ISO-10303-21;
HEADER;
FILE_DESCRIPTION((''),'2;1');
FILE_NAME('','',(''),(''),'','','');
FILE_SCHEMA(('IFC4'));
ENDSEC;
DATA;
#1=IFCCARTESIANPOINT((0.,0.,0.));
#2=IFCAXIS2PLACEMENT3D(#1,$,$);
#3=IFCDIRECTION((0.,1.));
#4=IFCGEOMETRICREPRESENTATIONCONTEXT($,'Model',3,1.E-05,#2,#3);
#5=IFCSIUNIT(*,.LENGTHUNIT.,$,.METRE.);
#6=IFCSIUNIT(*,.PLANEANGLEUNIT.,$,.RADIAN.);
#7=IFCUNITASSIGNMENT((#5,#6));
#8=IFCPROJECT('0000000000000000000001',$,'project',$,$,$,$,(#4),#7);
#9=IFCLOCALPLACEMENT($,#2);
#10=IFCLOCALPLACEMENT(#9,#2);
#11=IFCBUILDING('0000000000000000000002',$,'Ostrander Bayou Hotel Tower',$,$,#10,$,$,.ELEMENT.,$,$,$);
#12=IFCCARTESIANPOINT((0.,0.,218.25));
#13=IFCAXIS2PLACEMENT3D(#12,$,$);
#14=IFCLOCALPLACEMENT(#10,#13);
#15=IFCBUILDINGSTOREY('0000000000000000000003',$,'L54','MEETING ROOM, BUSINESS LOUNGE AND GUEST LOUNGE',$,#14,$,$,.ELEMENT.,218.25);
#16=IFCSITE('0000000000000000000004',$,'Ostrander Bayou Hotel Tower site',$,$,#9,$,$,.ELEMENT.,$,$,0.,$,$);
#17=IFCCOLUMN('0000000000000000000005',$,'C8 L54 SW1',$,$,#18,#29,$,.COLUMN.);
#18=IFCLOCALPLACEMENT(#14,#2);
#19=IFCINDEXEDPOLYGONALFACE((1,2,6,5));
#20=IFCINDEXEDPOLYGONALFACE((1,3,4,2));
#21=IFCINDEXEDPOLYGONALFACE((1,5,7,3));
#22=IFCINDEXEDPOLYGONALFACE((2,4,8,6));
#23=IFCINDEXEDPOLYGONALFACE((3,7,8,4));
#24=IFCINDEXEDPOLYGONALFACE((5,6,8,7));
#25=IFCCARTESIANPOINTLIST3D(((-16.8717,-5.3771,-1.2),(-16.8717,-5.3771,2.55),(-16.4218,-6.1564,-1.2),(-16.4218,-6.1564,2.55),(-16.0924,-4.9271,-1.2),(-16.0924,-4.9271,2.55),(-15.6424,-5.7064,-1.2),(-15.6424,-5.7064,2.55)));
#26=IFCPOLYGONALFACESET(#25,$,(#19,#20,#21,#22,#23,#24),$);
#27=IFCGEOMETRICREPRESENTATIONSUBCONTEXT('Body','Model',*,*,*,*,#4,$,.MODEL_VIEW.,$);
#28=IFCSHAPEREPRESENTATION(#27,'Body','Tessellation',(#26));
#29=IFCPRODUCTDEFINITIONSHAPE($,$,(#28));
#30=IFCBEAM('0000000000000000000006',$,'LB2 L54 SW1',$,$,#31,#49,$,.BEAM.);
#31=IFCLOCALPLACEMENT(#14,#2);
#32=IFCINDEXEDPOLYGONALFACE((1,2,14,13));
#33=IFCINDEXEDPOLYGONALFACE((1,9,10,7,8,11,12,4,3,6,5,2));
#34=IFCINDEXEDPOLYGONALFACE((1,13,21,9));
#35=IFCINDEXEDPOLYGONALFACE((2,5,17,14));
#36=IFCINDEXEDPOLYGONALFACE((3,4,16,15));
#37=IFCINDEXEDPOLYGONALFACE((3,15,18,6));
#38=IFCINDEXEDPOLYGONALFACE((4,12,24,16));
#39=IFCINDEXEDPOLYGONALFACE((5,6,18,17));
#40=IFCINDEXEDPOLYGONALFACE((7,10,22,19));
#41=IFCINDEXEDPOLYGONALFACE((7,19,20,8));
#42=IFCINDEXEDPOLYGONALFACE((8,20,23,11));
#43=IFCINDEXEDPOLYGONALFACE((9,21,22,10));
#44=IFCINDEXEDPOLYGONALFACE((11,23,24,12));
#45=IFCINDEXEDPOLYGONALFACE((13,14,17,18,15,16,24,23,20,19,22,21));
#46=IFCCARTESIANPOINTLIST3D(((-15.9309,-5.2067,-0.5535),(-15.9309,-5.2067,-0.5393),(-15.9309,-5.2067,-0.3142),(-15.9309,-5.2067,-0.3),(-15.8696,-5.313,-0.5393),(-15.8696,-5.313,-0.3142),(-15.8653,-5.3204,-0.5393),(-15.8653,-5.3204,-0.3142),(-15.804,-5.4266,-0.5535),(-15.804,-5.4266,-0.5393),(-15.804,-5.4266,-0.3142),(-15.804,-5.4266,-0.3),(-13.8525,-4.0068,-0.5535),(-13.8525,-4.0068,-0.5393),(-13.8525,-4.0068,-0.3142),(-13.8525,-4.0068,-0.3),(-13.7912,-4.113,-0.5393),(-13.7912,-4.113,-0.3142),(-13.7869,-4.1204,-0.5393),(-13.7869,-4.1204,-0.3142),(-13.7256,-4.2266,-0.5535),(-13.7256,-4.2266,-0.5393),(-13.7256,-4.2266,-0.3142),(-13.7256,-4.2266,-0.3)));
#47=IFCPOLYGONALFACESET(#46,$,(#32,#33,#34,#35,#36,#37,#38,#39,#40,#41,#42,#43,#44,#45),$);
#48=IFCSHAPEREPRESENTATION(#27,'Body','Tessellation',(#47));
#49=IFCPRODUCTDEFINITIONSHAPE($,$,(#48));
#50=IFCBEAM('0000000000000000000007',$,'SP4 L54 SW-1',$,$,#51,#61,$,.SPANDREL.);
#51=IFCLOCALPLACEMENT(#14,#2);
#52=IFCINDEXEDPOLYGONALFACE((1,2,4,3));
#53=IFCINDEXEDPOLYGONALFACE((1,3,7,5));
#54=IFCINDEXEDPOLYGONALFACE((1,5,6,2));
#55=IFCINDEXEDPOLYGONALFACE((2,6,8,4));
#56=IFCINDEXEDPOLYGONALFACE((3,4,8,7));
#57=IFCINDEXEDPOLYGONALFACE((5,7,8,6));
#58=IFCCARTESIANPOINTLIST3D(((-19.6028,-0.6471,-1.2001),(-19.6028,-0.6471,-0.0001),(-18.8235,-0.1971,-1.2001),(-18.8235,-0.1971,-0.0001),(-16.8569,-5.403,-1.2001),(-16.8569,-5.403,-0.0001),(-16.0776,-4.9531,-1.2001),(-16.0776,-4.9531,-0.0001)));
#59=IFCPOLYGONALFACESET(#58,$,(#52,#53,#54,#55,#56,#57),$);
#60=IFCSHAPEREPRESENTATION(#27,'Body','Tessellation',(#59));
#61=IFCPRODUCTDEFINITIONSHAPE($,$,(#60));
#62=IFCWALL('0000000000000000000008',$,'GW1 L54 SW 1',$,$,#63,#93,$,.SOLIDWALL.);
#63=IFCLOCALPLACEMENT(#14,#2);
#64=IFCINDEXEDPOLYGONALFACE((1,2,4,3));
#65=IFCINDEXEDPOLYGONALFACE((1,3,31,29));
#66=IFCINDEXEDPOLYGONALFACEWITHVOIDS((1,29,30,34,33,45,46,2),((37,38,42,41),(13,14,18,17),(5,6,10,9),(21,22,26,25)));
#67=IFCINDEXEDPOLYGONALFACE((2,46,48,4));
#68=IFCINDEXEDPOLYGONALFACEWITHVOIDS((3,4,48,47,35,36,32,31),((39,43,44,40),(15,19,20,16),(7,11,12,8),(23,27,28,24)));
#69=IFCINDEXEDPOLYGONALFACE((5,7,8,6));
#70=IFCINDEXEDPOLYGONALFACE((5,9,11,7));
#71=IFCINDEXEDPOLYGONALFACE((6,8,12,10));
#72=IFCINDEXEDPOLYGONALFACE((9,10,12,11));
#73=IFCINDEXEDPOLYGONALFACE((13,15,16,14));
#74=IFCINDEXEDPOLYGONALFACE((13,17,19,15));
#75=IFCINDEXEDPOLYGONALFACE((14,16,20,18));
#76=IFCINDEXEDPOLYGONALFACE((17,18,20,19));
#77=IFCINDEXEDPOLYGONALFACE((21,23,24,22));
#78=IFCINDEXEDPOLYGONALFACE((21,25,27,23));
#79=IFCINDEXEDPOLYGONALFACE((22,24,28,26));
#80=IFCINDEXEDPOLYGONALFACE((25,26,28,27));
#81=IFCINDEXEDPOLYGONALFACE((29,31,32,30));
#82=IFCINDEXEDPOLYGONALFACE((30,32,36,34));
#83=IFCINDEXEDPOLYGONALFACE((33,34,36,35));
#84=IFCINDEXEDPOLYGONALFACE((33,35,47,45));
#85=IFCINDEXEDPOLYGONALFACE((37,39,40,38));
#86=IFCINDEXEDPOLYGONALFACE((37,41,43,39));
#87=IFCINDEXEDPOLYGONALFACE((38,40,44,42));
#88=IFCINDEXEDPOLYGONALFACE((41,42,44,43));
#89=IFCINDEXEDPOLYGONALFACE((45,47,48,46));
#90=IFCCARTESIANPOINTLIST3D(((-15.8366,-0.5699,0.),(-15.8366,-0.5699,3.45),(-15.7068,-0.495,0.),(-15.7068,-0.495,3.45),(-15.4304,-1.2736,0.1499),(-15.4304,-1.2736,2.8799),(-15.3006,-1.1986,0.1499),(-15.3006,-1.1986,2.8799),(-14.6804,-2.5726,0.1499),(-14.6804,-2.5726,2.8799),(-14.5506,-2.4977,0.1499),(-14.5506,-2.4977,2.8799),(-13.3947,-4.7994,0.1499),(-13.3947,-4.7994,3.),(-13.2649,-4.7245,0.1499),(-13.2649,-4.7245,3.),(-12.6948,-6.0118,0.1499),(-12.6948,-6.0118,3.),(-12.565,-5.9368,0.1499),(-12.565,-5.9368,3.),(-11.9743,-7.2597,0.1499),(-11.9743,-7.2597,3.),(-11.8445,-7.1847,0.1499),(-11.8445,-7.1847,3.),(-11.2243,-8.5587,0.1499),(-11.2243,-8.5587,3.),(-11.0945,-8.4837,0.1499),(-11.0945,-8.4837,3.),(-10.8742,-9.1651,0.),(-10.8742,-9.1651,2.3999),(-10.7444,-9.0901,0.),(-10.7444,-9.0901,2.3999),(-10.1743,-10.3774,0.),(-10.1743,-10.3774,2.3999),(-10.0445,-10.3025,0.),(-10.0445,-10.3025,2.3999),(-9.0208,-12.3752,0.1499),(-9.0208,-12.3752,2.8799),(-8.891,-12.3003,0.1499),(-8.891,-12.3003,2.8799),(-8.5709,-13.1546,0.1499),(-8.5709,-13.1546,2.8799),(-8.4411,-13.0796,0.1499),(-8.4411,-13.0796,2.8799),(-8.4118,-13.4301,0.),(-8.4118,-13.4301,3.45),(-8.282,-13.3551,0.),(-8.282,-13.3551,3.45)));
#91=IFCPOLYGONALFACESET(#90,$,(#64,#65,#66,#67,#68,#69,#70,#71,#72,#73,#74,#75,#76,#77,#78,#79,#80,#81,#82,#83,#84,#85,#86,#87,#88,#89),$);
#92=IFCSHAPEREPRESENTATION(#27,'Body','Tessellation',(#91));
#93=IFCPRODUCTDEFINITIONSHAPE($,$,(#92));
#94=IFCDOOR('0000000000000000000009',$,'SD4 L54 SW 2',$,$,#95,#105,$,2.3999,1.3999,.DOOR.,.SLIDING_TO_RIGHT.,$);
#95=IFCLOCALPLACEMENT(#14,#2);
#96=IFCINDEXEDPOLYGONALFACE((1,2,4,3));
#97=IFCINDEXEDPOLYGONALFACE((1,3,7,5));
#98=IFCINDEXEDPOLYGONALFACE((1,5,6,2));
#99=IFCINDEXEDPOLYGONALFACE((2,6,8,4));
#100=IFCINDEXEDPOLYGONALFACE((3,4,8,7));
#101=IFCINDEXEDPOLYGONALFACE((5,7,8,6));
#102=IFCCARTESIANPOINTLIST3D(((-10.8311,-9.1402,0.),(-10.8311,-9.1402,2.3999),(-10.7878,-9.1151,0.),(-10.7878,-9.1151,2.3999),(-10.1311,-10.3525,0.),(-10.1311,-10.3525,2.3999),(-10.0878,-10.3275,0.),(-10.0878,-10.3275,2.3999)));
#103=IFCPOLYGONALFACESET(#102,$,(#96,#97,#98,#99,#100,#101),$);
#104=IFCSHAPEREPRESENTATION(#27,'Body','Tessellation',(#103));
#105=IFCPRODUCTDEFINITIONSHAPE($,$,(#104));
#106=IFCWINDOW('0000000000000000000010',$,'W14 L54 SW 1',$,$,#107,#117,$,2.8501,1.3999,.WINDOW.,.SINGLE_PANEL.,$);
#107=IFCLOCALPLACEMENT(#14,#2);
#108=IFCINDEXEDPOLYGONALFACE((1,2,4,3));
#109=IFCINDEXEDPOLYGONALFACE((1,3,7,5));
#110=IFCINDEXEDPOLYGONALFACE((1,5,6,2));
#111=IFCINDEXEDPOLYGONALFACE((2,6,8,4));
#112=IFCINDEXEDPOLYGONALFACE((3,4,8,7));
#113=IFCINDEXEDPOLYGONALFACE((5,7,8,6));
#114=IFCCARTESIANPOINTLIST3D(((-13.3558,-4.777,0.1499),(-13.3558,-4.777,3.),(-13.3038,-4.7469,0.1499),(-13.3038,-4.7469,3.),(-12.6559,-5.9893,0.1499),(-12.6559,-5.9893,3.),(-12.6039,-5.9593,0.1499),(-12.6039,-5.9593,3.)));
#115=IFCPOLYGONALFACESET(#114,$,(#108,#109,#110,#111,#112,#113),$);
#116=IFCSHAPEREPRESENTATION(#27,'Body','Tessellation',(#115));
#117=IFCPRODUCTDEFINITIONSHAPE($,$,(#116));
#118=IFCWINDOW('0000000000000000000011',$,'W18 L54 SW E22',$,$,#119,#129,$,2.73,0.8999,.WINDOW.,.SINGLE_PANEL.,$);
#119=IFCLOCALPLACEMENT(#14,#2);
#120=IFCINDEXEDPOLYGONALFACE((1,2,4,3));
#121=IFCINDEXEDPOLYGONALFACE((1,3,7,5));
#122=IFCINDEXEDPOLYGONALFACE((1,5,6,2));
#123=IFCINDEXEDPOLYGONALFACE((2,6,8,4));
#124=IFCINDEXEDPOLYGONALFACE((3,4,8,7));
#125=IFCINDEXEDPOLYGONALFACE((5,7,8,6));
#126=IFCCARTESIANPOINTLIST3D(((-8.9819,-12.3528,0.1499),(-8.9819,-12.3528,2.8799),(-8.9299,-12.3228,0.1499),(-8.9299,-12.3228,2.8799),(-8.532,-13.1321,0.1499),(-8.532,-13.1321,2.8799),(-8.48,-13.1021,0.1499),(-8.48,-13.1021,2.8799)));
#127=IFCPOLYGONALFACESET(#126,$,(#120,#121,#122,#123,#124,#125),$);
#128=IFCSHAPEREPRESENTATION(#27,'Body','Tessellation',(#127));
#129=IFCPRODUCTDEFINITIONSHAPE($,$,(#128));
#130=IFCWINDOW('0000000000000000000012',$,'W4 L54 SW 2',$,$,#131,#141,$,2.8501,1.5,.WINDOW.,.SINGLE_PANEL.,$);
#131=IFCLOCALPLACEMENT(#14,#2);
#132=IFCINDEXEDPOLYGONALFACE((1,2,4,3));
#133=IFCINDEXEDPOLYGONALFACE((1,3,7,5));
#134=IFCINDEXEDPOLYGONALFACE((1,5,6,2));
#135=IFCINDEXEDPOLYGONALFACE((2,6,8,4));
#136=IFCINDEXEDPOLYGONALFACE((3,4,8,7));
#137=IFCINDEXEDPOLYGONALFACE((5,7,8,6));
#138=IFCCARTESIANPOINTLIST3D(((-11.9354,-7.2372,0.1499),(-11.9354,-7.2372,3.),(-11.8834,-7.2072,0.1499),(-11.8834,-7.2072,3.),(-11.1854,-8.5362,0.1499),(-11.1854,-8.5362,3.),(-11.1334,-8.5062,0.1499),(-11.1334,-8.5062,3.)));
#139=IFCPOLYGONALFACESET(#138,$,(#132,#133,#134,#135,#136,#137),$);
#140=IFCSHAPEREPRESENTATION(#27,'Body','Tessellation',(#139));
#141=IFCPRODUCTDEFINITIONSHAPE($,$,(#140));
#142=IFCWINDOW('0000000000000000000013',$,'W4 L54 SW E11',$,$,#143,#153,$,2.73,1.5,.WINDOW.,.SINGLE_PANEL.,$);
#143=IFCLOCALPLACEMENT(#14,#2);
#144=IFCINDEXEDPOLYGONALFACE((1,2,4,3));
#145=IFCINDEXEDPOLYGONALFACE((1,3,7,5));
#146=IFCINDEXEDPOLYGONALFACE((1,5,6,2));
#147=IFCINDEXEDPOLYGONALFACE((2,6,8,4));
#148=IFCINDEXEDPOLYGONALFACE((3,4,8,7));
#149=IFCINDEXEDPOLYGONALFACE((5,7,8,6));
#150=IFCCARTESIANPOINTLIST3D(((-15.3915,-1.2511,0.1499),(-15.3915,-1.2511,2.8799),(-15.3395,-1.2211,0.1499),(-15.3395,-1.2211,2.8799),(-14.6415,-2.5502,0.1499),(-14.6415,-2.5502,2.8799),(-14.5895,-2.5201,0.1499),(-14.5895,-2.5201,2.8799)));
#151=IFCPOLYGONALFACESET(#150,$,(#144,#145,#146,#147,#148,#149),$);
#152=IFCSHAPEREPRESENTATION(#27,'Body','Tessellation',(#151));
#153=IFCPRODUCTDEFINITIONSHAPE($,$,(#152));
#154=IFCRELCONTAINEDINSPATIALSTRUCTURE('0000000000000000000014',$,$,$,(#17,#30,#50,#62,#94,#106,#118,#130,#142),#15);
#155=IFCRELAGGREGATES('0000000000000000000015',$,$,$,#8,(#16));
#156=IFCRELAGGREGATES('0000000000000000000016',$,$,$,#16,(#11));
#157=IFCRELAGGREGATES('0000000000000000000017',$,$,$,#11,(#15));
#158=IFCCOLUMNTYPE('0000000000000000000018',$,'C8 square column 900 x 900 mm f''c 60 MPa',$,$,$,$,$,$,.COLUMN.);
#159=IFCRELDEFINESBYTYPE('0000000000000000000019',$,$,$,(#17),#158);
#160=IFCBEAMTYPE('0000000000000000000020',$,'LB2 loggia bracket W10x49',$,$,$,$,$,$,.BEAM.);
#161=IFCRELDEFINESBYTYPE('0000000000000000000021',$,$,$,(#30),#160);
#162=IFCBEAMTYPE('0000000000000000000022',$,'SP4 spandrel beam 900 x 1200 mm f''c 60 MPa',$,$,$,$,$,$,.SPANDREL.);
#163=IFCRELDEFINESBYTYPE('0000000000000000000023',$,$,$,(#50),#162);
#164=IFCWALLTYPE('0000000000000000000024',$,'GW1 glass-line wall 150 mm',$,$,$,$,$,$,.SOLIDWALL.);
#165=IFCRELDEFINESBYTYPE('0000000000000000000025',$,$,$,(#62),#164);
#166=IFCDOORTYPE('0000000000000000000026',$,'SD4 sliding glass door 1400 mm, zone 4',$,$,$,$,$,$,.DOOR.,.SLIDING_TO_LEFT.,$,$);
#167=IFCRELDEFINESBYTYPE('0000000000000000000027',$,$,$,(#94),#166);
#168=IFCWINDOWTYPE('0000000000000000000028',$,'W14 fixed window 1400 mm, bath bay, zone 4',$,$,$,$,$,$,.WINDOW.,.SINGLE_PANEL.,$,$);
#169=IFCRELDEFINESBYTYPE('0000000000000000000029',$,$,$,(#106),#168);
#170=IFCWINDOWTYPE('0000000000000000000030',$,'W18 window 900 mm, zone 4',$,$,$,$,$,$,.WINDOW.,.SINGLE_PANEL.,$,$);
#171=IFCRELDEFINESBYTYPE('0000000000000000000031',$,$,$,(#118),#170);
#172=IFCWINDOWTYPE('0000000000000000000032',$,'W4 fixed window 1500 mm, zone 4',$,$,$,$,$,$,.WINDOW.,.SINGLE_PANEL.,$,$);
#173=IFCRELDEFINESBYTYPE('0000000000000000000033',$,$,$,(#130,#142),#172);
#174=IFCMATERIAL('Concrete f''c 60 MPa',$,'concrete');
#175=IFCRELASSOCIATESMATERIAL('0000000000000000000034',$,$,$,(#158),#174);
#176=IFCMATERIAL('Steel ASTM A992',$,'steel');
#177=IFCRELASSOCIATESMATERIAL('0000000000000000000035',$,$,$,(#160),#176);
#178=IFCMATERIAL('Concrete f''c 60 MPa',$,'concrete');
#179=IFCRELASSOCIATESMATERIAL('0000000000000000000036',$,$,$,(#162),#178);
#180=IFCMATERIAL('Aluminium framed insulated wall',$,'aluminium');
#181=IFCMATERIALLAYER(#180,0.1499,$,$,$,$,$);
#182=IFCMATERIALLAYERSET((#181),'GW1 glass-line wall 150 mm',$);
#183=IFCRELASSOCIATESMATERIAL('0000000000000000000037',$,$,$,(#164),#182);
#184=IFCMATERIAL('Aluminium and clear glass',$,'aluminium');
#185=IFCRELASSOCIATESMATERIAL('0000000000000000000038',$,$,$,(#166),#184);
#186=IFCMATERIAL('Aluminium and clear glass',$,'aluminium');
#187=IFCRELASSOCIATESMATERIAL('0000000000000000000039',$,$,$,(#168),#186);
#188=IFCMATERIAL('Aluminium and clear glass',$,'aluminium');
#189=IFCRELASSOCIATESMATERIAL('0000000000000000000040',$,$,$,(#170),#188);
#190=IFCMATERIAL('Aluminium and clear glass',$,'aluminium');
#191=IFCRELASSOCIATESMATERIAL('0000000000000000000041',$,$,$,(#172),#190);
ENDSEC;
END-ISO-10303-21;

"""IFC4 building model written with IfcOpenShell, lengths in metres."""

from ifc_helpers import new_model, si_unit, direction, frame, frame_2d, origin, origin_2d, place, context, subcontext, project, spatial, rectangle, i_section, extrude, material, layer, layer_set, material_profile, profile_set, type_object, element, fill, save


model = new_model("IFC4")

# Units and contexts
model_context = context("Model", 3, precision=1e-05, world=origin(), true_north=direction((0.0, 1.0)))
body_context = subcontext(model_context, "Body", "Model", "MODEL_VIEW")
ifc_project = project(units=[si_unit("LENGTHUNIT", "METRE"), si_unit("PLANEANGLEUNIT", "RADIAN")], contexts=[model_context])

# Site, building, storey
site_placement = place(None, origin())
site = spatial("IfcSite", under=ifc_project, at=site_placement, Name="Ostrander Bayou Hotel Tower site", CompositionType="ELEMENT", RefElevation=0.0)
building_placement = place(site_placement, origin())
building = spatial("IfcBuilding", under=site, at=building_placement, Name="Ostrander Bayou Hotel Tower", CompositionType="ELEMENT")
storey_placement = place(building_placement, frame((0.0, 0.0, 218.25)))
storey = spatial("IfcBuildingStorey", under=building, at=storey_placement, Name="L54", Description="MEETING ROOM, BUSINESS LOUNGE AND GUEST LOUNGE", CompositionType="ELEMENT", Elevation=218.25)

# Column
ifc_material_1 = material(Name="Concrete f'c 60 MPa", Category="concrete")
ifc_material_profile_1 = material_profile(ifc_material_1, rectangle(XDim=0.8999, YDim=0.8999, at=origin_2d()))
ifc_profile_set_1 = profile_set([ifc_material_profile_1], Name="Concrete f'c 60 MPa")
column_type = type_object("IfcColumnType", Name="C8 square column 900 x 900 mm f'c 60 MPa", PredefinedType="COLUMN", material=ifc_profile_set_1)
column_placement = place(storey_placement, frame((-16.2571, -5.5417, -1.2), z_axis=(0.0, 0.0, 1.0), x_axis=(-0.5, 0.866025, 0.0)))
element("IfcColumn", 1, at=column_placement, inside=storey, type_object=column_type, Name="C8 L54 SW1", PredefinedType="COLUMN", context=body_context, shape_type="SweptSolid", body=[
    extrude(rectangle(XDim=0.8999, YDim=0.8999, at=origin_2d()), origin(), (0.0, 0.0, 1.0), 3.75),
])

# Beams
ifc_material_2 = material(Name="Steel ASTM A992", Category="steel")
ifc_material_profile_2 = material_profile(ifc_material_2, i_section(OverallWidth=0.2539, OverallDepth=0.2534, WebThickness=0.0085, FlangeThickness=0.0142, at=origin_2d()))
ifc_profile_set_2 = profile_set([ifc_material_profile_2], Name="Steel ASTM A992")
beam_type_1 = type_object("IfcBeamType", Name="LB2 loggia bracket W10x49", PredefinedType="BEAM", material=ifc_profile_set_2)
beam_1_placement = place(storey_placement, frame((-15.8674, -5.3167, -0.4268), z_axis=(0.866025, 0.500001, 0.0), x_axis=(-0.500001, 0.866025, 0.0)))
element("IfcBeam", 2, at=beam_1_placement, inside=storey, type_object=beam_type_1, Name="LB2 L54 SW1", PredefinedType="BEAM", context=body_context, shape_type="SweptSolid", body=[
    extrude(i_section(OverallWidth=0.2539, OverallDepth=0.2534, WebThickness=0.0085, FlangeThickness=0.0142, at=origin_2d()), origin(), (0.0, 0.0, 1.0), 2.3999),
])
ifc_material_3 = material(Name="Concrete f'c 60 MPa", Category="concrete")
ifc_material_profile_3 = material_profile(ifc_material_3, rectangle(XDim=0.8999, YDim=1.2, at=origin_2d()))
ifc_profile_set_3 = profile_set([ifc_material_profile_3], Name="Concrete f'c 60 MPa")
beam_type_2 = type_object("IfcBeamType", Name="SP4 spandrel beam 900 x 1200 mm f'c 60 MPa", PredefinedType="SPANDREL", material=ifc_profile_set_3)
beam_2_placement = place(storey_placement, frame((-19.2131, -0.4221, -0.6001), z_axis=(0.500007, -0.866021, 0.0), x_axis=(0.866021, 0.500007, 0.0)))
element("IfcBeam", 3, at=beam_2_placement, inside=storey, type_object=beam_type_2, Name="SP4 L54 SW-1", PredefinedType="SPANDREL", context=body_context, shape_type="SweptSolid", body=[
    extrude(rectangle(XDim=0.8999, YDim=1.2, at=origin_2d()), origin(), (0.0, 0.0, 1.0), 5.4917),
])

# Wall, openings, door, windows
ifc_material_4 = material(Name="Aluminium framed insulated wall", Category="aluminium")
ifc_layer_1 = layer(ifc_material_4, 0.1499)
ifc_layer_set_1 = layer_set([ifc_layer_1], Name="GW1 glass-line wall 150 mm")
wall_type_1 = type_object("IfcWallType", Name="GW1 glass-line wall 150 mm", PredefinedType="SOLIDWALL", material=ifc_layer_set_1)
wall_1_placement = place(storey_placement, frame((-15.7717, -0.5325, 0.0), z_axis=(0.0, 0.0, 1.0), x_axis=(0.500001, -0.866025, 0.0)))
wall_1 = element("IfcWall", 4, at=wall_1_placement, inside=storey, type_object=wall_type_1, Name="GW1 L54 SW 1", PredefinedType="SOLIDWALL", context=body_context, shape_type="SweptSolid", body=[
    extrude(rectangle(XDim=14.8496, YDim=0.1499, at=frame_2d((7.4248, 0.0))), origin(), (0.0, 0.0, 1.0), 3.45),
])
opening_1_placement = place(wall_1_placement, frame((4.8838, 0.0, 0.1499)))
opening_1 = element("IfcOpeningElement", 5, at=opening_1_placement, cuts=wall_1, PredefinedType="OPENING", context=body_context, shape_type="SweptSolid", body=[
    extrude(rectangle(XDim=1.3999, YDim=2.8501, at=frame_2d((0.7, 1.425))), frame((0.0, 0.075, 0.0), z_axis=(0.0, -1.0, 0.0), x_axis=(1.0, 0.0, 0.0)), (0.0, 0.0, 1.0), 0.1499),
])
opening_2_placement = place(wall_1_placement, frame((7.7246, 0.0, 0.1499)))
opening_2 = element("IfcOpeningElement", 6, at=opening_2_placement, cuts=wall_1, PredefinedType="OPENING", context=body_context, shape_type="SweptSolid", body=[
    extrude(rectangle(XDim=1.5, YDim=2.8501, at=frame_2d((0.75, 1.425))), frame((0.0, 0.075, 0.0), z_axis=(0.0, -1.0, 0.0), x_axis=(1.0, 0.0, 0.0)), (0.0, 0.0, 1.0), 0.1499),
])
opening_3_placement = place(wall_1_placement, frame((9.9248, 0.0, 0.0)))
opening_3 = element("IfcOpeningElement", 7, at=opening_3_placement, cuts=wall_1, PredefinedType="OPENING", context=body_context, shape_type="SweptSolid", body=[
    extrude(rectangle(XDim=1.3999, YDim=2.3999, at=frame_2d((0.7, 1.2))), frame((0.0, 0.075, 0.0), z_axis=(0.0, -1.0, 0.0), x_axis=(1.0, 0.0, 0.0)), (0.0, 0.0, 1.0), 0.1499),
])
opening_4_placement = place(wall_1_placement, frame((0.8125, 0.0, 0.1499)))
opening_4 = element("IfcOpeningElement", 8, at=opening_4_placement, cuts=wall_1, PredefinedType="OPENING", context=body_context, shape_type="SweptSolid", body=[
    extrude(rectangle(XDim=1.5, YDim=2.73, at=frame_2d((0.75, 1.365))), frame((0.0, 0.075, 0.0), z_axis=(0.0, -1.0, 0.0), x_axis=(1.0, 0.0, 0.0)), (0.0, 0.0, 1.0), 0.1499),
])
opening_5_placement = place(wall_1_placement, frame((13.6316, 0.0, 0.1499)))
opening_5 = element("IfcOpeningElement", 9, at=opening_5_placement, cuts=wall_1, PredefinedType="OPENING", context=body_context, shape_type="SweptSolid", body=[
    extrude(rectangle(XDim=0.8999, YDim=2.73, at=frame_2d((0.45, 1.365))), frame((0.0, 0.075, 0.0), z_axis=(0.0, -1.0, 0.0), x_axis=(1.0, 0.0, 0.0)), (0.0, 0.0, 1.0), 0.1499),
])
ifc_material_5 = material(Name="Aluminium and clear glass", Category="aluminium")
door_type_1 = type_object("IfcDoorType", Name="SD4 sliding glass door 1400 mm, zone 4", OperationType="SLIDING_TO_LEFT", PredefinedType="DOOR", material=ifc_material_5)
door_1_placement = place(opening_3_placement, origin())
door_1 = element("IfcDoor", 10, at=door_1_placement, inside=storey, type_object=door_type_1, Name="SD4 L54 SW 2", OperationType="SLIDING_TO_RIGHT", OverallHeight=2.3999, OverallWidth=1.3999, PredefinedType="DOOR", context=body_context, shape_type="SweptSolid", body=[
    extrude(rectangle(XDim=1.3999, YDim=2.3999, at=frame_2d((0.7, 1.2))), frame((0.0, 0.0249, 0.0), z_axis=(0.0, -1.0, 0.0), x_axis=(1.0, 0.0, 0.0)), (0.0, 0.0, 1.0), 0.05),
])
fill(opening_3, door_1)
ifc_material_6 = material(Name="Aluminium and clear glass", Category="aluminium")
window_type_1 = type_object("IfcWindowType", Name="W14 fixed window 1400 mm, bath bay, zone 4", PartitioningType="SINGLE_PANEL", PredefinedType="WINDOW", material=ifc_material_6)
window_1_placement = place(opening_1_placement, origin())
window_1 = element("IfcWindow", 11, at=window_1_placement, inside=storey, type_object=window_type_1, Name="W14 L54 SW 1", OverallHeight=2.8501, OverallWidth=1.3999, PartitioningType="SINGLE_PANEL", PredefinedType="WINDOW", context=body_context, shape_type="SweptSolid", body=[
    extrude(rectangle(XDim=1.3999, YDim=2.8501, at=frame_2d((0.7, 1.425))), frame((0.0, 0.03, 0.0), z_axis=(0.0, -1.0, 0.0), x_axis=(1.0, 0.0, 0.0)), (0.0, 0.0, 1.0), 0.0601),
])
fill(opening_1, window_1)
ifc_material_7 = material(Name="Aluminium and clear glass", Category="aluminium")
window_type_2 = type_object("IfcWindowType", Name="W18 window 900 mm, zone 4", PartitioningType="SINGLE_PANEL", PredefinedType="WINDOW", material=ifc_material_7)
window_2_placement = place(opening_5_placement, origin())
window_2 = element("IfcWindow", 12, at=window_2_placement, inside=storey, type_object=window_type_2, Name="W18 L54 SW E22", OverallHeight=2.73, OverallWidth=0.8999, PartitioningType="SINGLE_PANEL", PredefinedType="WINDOW", context=body_context, shape_type="SweptSolid", body=[
    extrude(rectangle(XDim=0.8999, YDim=2.73, at=frame_2d((0.45, 1.365))), frame((0.0, 0.03, 0.0), z_axis=(0.0, -1.0, 0.0), x_axis=(1.0, 0.0, 0.0)), (0.0, 0.0, 1.0), 0.0601),
])
fill(opening_5, window_2)
ifc_material_8 = material(Name="Aluminium and clear glass", Category="aluminium")
window_type_3 = type_object("IfcWindowType", Name="W4 fixed window 1500 mm, zone 4", PartitioningType="SINGLE_PANEL", PredefinedType="WINDOW", material=ifc_material_8)
window_3_placement = place(opening_2_placement, origin())
window_3 = element("IfcWindow", 13, at=window_3_placement, inside=storey, type_object=window_type_3, Name="W4 L54 SW 2", OverallHeight=2.8501, OverallWidth=1.5, PartitioningType="SINGLE_PANEL", PredefinedType="WINDOW", context=body_context, shape_type="SweptSolid", body=[
    extrude(rectangle(XDim=1.5, YDim=2.8501, at=frame_2d((0.75, 1.425))), frame((0.0, 0.03, 0.0), z_axis=(0.0, -1.0, 0.0), x_axis=(1.0, 0.0, 0.0)), (0.0, 0.0, 1.0), 0.0601),
])
fill(opening_2, window_3)
window_4_placement = place(opening_4_placement, origin())
window_4 = element("IfcWindow", 14, at=window_4_placement, inside=storey, type_object=window_type_3, Name="W4 L54 SW E11", OverallHeight=2.73, OverallWidth=1.5, PartitioningType="SINGLE_PANEL", PredefinedType="WINDOW", context=body_context, shape_type="SweptSolid", body=[
    extrude(rectangle(XDim=1.5, YDim=2.73, at=frame_2d((0.75, 1.365))), frame((0.0, 0.03, 0.0), z_axis=(0.0, -1.0, 0.0), x_axis=(1.0, 0.0, 0.0)), (0.0, 0.0, 1.0), 0.0601),
])
fill(opening_4, window_4)

save(model, "model.ifc")
